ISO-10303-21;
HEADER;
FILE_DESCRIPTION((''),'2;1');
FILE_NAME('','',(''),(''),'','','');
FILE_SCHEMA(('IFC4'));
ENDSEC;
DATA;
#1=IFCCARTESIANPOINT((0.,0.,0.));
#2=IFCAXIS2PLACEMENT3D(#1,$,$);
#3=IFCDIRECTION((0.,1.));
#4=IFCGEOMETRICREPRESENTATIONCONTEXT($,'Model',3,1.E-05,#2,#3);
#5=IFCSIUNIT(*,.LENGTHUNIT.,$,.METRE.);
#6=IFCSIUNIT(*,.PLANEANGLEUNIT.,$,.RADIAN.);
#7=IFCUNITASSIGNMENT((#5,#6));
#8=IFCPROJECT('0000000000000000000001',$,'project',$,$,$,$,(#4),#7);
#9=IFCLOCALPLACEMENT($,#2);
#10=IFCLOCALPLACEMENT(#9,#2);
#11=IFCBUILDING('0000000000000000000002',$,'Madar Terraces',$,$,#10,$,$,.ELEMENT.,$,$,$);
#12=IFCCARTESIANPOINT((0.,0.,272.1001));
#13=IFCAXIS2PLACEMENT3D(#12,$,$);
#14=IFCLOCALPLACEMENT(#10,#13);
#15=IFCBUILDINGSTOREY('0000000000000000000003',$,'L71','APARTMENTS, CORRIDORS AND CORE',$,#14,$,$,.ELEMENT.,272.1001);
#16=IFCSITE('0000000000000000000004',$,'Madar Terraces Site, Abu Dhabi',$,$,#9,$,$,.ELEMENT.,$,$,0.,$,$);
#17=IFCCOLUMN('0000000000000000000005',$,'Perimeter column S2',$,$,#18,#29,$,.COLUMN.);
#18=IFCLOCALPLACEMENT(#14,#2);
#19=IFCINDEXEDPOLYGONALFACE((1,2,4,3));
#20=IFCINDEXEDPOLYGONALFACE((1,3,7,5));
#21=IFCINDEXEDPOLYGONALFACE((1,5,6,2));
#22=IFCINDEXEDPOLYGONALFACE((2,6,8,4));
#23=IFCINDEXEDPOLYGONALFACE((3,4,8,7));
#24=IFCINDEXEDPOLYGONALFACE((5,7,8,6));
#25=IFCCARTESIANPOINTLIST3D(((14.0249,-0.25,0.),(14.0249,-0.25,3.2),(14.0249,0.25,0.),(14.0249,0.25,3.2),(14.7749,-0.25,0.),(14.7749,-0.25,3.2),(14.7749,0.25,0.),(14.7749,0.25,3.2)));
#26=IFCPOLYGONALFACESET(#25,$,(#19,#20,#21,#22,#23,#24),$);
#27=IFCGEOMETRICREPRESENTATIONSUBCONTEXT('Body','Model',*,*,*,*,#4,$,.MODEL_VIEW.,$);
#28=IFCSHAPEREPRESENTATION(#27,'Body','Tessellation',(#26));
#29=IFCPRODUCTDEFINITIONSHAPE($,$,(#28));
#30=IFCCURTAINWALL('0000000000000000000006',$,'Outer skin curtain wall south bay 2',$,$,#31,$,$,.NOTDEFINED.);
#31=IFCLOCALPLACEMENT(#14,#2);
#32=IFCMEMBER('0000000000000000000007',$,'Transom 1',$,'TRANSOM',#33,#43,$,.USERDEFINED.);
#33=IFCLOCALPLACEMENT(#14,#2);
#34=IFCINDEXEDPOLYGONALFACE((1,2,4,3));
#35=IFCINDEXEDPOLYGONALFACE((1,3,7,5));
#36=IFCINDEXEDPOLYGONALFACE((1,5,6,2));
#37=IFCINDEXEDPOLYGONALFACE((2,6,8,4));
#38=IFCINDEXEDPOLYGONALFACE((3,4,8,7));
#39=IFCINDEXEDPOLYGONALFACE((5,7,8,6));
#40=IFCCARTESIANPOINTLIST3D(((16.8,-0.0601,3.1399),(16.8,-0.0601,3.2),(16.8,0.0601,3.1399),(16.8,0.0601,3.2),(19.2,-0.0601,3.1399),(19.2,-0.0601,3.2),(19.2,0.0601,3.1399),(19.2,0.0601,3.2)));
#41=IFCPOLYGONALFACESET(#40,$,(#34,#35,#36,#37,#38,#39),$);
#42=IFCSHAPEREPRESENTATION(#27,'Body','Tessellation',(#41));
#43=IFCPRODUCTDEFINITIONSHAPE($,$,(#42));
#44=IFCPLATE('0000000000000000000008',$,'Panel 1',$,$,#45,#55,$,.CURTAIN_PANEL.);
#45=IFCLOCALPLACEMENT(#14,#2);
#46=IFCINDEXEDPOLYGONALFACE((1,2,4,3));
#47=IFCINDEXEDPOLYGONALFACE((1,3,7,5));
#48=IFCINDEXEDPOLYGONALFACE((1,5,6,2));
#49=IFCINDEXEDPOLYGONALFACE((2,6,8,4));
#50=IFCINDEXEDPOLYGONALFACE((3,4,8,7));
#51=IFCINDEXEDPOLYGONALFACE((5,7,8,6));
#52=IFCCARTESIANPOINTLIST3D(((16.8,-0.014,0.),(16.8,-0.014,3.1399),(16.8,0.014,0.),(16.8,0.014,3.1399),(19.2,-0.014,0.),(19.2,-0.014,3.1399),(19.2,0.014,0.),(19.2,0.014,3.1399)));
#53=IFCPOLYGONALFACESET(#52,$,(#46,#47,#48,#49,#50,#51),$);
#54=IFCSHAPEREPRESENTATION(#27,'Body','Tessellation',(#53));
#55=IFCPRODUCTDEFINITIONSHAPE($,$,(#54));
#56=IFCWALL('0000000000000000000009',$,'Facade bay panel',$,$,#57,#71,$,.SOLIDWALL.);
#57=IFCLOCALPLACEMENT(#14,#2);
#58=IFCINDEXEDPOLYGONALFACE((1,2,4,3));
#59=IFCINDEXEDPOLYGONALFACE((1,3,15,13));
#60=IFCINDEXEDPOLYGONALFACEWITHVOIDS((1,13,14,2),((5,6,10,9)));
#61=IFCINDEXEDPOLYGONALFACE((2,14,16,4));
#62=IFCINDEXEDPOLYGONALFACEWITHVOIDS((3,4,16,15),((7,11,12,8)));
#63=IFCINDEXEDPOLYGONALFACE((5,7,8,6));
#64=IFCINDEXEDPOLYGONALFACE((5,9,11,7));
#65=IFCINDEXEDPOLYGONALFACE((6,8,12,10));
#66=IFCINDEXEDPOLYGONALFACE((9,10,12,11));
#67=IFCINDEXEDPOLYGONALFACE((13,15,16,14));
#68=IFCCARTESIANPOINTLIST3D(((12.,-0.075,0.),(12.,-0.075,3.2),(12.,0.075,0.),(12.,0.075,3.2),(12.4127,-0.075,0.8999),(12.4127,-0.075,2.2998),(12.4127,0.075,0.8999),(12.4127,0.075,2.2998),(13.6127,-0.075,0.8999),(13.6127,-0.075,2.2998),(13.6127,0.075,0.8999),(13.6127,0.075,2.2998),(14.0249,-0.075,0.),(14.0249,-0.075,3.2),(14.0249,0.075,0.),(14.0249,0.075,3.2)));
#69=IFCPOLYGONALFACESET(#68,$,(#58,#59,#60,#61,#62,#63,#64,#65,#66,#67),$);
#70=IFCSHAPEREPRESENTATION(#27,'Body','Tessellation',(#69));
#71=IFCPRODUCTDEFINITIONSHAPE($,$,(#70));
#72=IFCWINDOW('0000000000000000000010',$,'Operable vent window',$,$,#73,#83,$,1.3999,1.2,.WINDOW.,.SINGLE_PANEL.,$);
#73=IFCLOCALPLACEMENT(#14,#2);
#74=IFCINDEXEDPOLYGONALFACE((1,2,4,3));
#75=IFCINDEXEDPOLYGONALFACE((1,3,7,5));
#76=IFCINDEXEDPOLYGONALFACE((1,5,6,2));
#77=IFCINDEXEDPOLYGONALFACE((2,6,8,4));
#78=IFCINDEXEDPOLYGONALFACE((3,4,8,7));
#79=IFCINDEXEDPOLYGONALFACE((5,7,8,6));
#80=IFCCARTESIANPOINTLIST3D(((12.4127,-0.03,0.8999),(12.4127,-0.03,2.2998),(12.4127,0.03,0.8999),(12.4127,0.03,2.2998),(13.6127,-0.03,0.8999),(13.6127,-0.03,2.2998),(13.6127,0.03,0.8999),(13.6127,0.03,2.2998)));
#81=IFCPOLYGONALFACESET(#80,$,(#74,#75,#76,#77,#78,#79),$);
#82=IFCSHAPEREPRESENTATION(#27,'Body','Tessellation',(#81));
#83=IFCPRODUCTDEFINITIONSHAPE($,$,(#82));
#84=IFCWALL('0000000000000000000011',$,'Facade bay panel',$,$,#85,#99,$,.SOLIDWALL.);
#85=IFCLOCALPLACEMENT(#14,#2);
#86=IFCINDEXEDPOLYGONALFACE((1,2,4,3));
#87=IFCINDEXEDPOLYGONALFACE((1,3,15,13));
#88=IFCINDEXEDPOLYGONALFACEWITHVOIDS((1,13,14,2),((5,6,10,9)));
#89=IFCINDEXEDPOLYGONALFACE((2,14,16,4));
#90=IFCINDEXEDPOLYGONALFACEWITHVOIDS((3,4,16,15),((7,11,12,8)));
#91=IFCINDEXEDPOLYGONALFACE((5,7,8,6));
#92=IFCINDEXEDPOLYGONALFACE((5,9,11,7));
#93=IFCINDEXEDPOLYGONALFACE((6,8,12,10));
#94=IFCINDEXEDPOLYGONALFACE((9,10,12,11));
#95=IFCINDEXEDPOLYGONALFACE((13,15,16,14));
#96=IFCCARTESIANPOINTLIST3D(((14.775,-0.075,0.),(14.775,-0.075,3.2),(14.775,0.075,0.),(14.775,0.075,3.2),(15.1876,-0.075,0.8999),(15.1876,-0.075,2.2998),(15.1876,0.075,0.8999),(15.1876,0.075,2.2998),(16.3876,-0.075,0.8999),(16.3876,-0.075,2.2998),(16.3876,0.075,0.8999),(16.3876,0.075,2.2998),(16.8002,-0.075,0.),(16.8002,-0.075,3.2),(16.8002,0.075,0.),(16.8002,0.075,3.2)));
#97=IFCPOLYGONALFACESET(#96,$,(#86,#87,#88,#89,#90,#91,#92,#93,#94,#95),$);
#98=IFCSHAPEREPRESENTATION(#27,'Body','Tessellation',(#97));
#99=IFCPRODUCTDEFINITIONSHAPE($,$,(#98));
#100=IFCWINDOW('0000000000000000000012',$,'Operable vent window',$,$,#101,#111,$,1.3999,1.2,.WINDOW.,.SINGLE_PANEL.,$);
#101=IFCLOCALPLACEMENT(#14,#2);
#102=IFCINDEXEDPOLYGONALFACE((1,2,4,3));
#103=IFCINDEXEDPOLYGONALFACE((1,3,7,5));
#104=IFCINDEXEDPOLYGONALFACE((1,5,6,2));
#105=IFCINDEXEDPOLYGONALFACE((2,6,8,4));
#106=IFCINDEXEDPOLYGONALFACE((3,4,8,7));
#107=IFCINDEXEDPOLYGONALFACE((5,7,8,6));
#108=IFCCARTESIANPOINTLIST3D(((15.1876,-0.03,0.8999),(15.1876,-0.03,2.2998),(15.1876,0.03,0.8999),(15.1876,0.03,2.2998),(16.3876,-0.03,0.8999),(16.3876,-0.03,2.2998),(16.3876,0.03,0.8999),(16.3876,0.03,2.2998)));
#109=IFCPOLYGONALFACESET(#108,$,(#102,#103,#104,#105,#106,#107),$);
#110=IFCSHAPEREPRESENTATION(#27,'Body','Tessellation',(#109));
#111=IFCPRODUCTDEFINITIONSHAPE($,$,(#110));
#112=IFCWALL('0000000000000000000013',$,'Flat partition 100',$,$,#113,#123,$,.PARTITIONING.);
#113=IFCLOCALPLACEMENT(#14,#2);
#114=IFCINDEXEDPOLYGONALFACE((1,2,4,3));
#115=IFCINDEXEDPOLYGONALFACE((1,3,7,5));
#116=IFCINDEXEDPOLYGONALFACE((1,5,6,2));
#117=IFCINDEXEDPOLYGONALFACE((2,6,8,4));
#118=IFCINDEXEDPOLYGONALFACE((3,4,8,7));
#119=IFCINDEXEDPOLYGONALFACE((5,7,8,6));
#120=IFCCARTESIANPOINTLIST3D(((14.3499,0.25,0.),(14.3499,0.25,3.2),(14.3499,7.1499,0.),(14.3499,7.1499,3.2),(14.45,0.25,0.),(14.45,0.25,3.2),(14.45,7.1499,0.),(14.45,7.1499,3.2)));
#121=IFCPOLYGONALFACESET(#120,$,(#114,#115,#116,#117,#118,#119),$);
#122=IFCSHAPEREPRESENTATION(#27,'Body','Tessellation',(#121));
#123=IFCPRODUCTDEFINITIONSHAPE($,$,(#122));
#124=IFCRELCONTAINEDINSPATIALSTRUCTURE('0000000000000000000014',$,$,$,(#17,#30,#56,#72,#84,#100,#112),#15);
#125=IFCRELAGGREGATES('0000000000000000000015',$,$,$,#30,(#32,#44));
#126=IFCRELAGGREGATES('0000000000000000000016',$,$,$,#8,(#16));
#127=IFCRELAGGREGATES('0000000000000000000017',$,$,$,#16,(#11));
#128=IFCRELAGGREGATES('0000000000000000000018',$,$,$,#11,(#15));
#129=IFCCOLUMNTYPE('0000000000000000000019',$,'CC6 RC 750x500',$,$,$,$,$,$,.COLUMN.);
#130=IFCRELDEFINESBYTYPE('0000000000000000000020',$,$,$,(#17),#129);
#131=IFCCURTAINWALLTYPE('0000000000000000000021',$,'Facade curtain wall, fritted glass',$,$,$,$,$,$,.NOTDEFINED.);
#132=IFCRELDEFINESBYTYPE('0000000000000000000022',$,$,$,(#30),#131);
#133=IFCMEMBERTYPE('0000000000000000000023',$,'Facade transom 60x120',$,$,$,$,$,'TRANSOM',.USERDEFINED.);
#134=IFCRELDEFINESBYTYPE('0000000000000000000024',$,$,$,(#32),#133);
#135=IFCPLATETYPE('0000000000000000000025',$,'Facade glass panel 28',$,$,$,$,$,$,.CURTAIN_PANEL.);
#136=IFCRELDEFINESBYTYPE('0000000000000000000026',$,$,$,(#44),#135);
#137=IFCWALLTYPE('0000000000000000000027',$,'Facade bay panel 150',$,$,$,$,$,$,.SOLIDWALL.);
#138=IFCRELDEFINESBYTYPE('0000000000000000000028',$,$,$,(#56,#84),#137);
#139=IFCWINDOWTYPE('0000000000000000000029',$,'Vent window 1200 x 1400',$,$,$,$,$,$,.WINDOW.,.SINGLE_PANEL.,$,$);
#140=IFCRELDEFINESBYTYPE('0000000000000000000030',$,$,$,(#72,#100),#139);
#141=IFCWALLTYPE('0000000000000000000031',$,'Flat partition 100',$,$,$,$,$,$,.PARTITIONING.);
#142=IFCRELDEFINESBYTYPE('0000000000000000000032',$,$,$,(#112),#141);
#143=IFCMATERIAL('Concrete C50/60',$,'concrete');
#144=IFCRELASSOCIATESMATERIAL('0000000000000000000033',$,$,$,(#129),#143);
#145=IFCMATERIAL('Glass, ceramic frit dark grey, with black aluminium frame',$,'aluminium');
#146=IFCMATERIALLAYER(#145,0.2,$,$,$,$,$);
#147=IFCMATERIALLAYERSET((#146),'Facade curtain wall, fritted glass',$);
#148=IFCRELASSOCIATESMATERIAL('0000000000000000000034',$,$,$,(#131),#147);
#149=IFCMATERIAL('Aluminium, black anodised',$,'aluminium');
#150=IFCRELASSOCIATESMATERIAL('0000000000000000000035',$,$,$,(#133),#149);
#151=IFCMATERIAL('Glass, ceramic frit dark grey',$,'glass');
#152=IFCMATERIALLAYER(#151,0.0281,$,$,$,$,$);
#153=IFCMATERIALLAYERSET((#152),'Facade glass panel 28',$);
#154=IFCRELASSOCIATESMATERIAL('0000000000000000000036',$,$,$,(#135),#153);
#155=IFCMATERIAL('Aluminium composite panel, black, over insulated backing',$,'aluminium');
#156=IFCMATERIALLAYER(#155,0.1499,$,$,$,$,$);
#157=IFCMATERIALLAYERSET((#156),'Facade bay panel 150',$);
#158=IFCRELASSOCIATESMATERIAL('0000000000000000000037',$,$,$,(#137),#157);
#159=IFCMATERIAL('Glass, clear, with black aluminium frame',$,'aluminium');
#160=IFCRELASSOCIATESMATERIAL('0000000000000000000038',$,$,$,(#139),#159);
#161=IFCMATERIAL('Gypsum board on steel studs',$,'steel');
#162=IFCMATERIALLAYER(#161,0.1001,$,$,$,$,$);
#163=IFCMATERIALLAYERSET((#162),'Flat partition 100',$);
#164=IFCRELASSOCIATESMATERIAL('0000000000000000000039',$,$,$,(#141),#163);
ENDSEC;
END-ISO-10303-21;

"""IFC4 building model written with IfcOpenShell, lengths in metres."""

from ifc_helpers import new_model, si_unit, direction, frame, frame_2d, origin, origin_2d, place, context, subcontext, project, spatial, rectangle, extrude, material, layer, layer_set, material_profile, profile_set, type_object, element, fill, aggregate, save


model = new_model("IFC4")

# Units and contexts
model_context = context("Model", 3, precision=1e-05, world=origin(), true_north=direction((0.0, 1.0)))
body_context = subcontext(model_context, "Body", "Model", "MODEL_VIEW")
ifc_project = project(units=[si_unit("LENGTHUNIT", "METRE"), si_unit("PLANEANGLEUNIT", "RADIAN")], contexts=[model_context])

# Site, building, storey
site_placement = place(None, origin())
site = spatial("IfcSite", under=ifc_project, at=site_placement, Name="Madar Terraces Site, Abu Dhabi", CompositionType="ELEMENT", RefElevation=0.0)
building_placement = place(site_placement, origin())
building = spatial("IfcBuilding", under=site, at=building_placement, Name="Madar Terraces", CompositionType="ELEMENT")
storey_placement = place(building_placement, frame((0.0, 0.0, 272.1001)))
storey = spatial("IfcBuildingStorey", under=building, at=storey_placement, Name="L71", Description="APARTMENTS, CORRIDORS AND CORE", CompositionType="ELEMENT", Elevation=272.1001)

# Column
ifc_material_1 = material(Name="Concrete C50/60", Category="concrete")
ifc_material_profile_1 = material_profile(ifc_material_1, rectangle(XDim=0.75, YDim=0.5, at=origin_2d()), Name="CC6 RC 750x500")
ifc_profile_set_1 = profile_set([ifc_material_profile_1], Name="Concrete C50/60")
column_type = type_object("IfcColumnType", Name="CC6 RC 750x500", PredefinedType="COLUMN", material=ifc_profile_set_1)
column_placement = place(storey_placement, frame((14.3999, 0.0, 0.0), z_axis=(0.0, 0.0, 1.0), x_axis=(1.0, 0.0, 0.0)))
element("IfcColumn", 1, at=column_placement, inside=storey, type_object=column_type, Name="Perimeter column S2", PredefinedType="COLUMN", context=body_context, shape_type="SweptSolid", body=[
    extrude(rectangle(XDim=0.75, YDim=0.5, at=origin_2d()), origin(), (0.0, 0.0, 1.0), 3.2),
])

# Curtain wall, member, plate
ifc_material_2 = material(Name="Glass, ceramic frit dark grey, with black aluminium frame", Category="aluminium")
ifc_layer_1 = layer(ifc_material_2, 0.2)
ifc_layer_set_1 = layer_set([ifc_layer_1], Name="Facade curtain wall, fritted glass")
curtain_wall_type = type_object("IfcCurtainWallType", Name="Facade curtain wall, fritted glass", PredefinedType="NOTDEFINED", material=ifc_layer_set_1)
curtain_wall_placement = place(storey_placement, origin())
curtain_wall = element("IfcCurtainWall", 2, at=curtain_wall_placement, inside=storey, type_object=curtain_wall_type, Name="Outer skin curtain wall south bay 2", PredefinedType="NOTDEFINED")
ifc_material_3 = material(Name="Aluminium, black anodised", Category="aluminium")
ifc_material_profile_2 = material_profile(ifc_material_3, rectangle(XDim=0.1201, YDim=0.0601, at=origin_2d()), Name="Facade transom 60x120")
ifc_profile_set_2 = profile_set([ifc_material_profile_2], Name="Aluminium, black anodised")
member_type = type_object("IfcMemberType", Name="Facade transom 60x120", ElementType="TRANSOM", PredefinedType="USERDEFINED", material=ifc_profile_set_2)
member_placement = place(storey_placement, frame((16.8, 0.0, 3.1699), z_axis=(1.0, 0.0, 0.0), x_axis=(0.0, 1.0, 0.0)))
member = element("IfcMember", 3, at=member_placement, type_object=member_type, Name="Transom 1", ObjectType="TRANSOM", PredefinedType="USERDEFINED", context=body_context, shape_type="SweptSolid", body=[
    extrude(rectangle(XDim=0.1201, YDim=0.0601, at=origin_2d()), origin(), (0.0, 0.0, 1.0), 2.3999),
])
ifc_material_4 = material(Name="Glass, ceramic frit dark grey", Category="glass")
ifc_layer_2 = layer(ifc_material_4, 0.0281)
ifc_layer_set_2 = layer_set([ifc_layer_2], Name="Facade glass panel 28")
plate_type = type_object("IfcPlateType", Name="Facade glass panel 28", PredefinedType="CURTAIN_PANEL", material=ifc_layer_set_2)
plate_placement = place(storey_placement, frame((18.0, 0.0, 0.0), z_axis=(0.0, 0.0, 1.0), x_axis=(1.0, 0.0, 0.0)))
plate = element("IfcPlate", 4, at=plate_placement, type_object=plate_type, Name="Panel 1", PredefinedType="CURTAIN_PANEL", context=body_context, shape_type="SweptSolid", body=[
    extrude(rectangle(XDim=2.3999, YDim=0.0281, at=origin_2d()), origin(), (0.0, 0.0, 1.0), 3.1399),
])
aggregate(curtain_wall, [member, plate])

# Walls, openings, windows
ifc_material_5 = material(Name="Aluminium composite panel, black, over insulated backing", Category="aluminium")
ifc_layer_3 = layer(ifc_material_5, 0.1499)
ifc_layer_set_3 = layer_set([ifc_layer_3], Name="Facade bay panel 150")
wall_type_1 = type_object("IfcWallType", Name="Facade bay panel 150", PredefinedType="SOLIDWALL", material=ifc_layer_set_3)
wall_1_placement = place(storey_placement, frame((12.0, 0.0, 0.0), z_axis=(0.0, 0.0, 1.0), x_axis=(1.0, 0.0, 0.0)))
wall_1 = element("IfcWall", 5, at=wall_1_placement, inside=storey, type_object=wall_type_1, Name="Facade bay panel", PredefinedType="SOLIDWALL", context=body_context, shape_type="SweptSolid", body=[
    extrude(rectangle(XDim=2.0249, YDim=0.1499, at=frame_2d((1.0125, 0.0))), origin(), (0.0, 0.0, 1.0), 3.2),
])
opening_1_placement = place(wall_1_placement, frame((0.4126, 0.0, 0.8999)))
opening_1 = element("IfcOpeningElement", 6, at=opening_1_placement, cuts=wall_1, PredefinedType="OPENING", context=body_context, shape_type="SweptSolid", body=[
    extrude(rectangle(XDim=1.2, YDim=1.3999, at=frame_2d((0.6001, 0.7))), frame((0.0, 0.085, 0.0), z_axis=(0.0, -1.0, 0.0), x_axis=(1.0, 0.0, 0.0)), (0.0, 0.0, 1.0), 0.1699),
])
ifc_material_6 = material(Name="Glass, clear, with black aluminium frame", Category="aluminium")
window_type = type_object("IfcWindowType", Name="Vent window 1200 x 1400", PartitioningType="SINGLE_PANEL", PredefinedType="WINDOW", material=ifc_material_6)
window_1_placement = place(opening_1_placement, origin())
window_1 = element("IfcWindow", 7, at=window_1_placement, inside=storey, type_object=window_type, Name="Operable vent window", OverallHeight=1.3999, OverallWidth=1.2, PartitioningType="SINGLE_PANEL", PredefinedType="WINDOW", context=body_context, shape_type="SweptSolid", body=[
    extrude(rectangle(XDim=1.2, YDim=1.3999, at=frame_2d((0.6001, 0.7))), frame((0.0, 0.03, 0.0), z_axis=(0.0, -1.0, 0.0), x_axis=(1.0, 0.0, 0.0)), (0.0, 0.0, 1.0), 0.0601),
])
fill(opening_1, window_1)
wall_2_placement = place(storey_placement, frame((14.7749, 0.0, 0.0), z_axis=(0.0, 0.0, 1.0), x_axis=(1.0, 0.0, 0.0)))
wall_2 = element("IfcWall", 8, at=wall_2_placement, inside=storey, type_object=wall_type_1, Name="Facade bay panel", PredefinedType="SOLIDWALL", context=body_context, shape_type="SweptSolid", body=[
    extrude(rectangle(XDim=2.0251, YDim=0.1499, at=frame_2d((1.0127, 0.0))), origin(), (0.0, 0.0, 1.0), 3.2),
])
opening_2_placement = place(wall_2_placement, frame((0.4126, 0.0, 0.8999)))
opening_2 = element("IfcOpeningElement", 9, at=opening_2_placement, cuts=wall_2, PredefinedType="OPENING", context=body_context, shape_type="SweptSolid", body=[
    extrude(rectangle(XDim=1.2, YDim=1.3999, at=frame_2d((0.6001, 0.7))), frame((0.0, 0.085, 0.0), z_axis=(0.0, -1.0, 0.0), x_axis=(1.0, 0.0, 0.0)), (0.0, 0.0, 1.0), 0.1699),
])
window_2_placement = place(opening_2_placement, origin())
window_2 = element("IfcWindow", 10, at=window_2_placement, inside=storey, type_object=window_type, Name="Operable vent window", OverallHeight=1.3999, OverallWidth=1.2, PartitioningType="SINGLE_PANEL", PredefinedType="WINDOW", context=body_context, shape_type="SweptSolid", body=[
    extrude(rectangle(XDim=1.2, YDim=1.3999, at=frame_2d((0.6001, 0.7))), frame((0.0, 0.03, 0.0), z_axis=(0.0, -1.0, 0.0), x_axis=(1.0, 0.0, 0.0)), (0.0, 0.0, 1.0), 0.0601),
])
fill(opening_2, window_2)

# Wall
ifc_material_7 = material(Name="Gypsum board on steel studs", Category="steel")
ifc_layer_4 = layer(ifc_material_7, 0.1001)
ifc_layer_set_4 = layer_set([ifc_layer_4], Name="Flat partition 100")
wall_type_2 = type_object("IfcWallType", Name="Flat partition 100", PredefinedType="PARTITIONING", material=ifc_layer_set_4)
wall_3_placement = place(storey_placement, frame((14.3999, 7.1499, 0.0), z_axis=(0.0, 0.0, 1.0), x_axis=(0.0, -1.0, 0.0)))
element("IfcWall", 11, at=wall_3_placement, inside=storey, type_object=wall_type_2, Name="Flat partition 100", PredefinedType="PARTITIONING", context=body_context, shape_type="SweptSolid", body=[
    extrude(rectangle(XDim=6.8999, YDim=0.1001, at=frame_2d((3.45, 0.0))), origin(), (0.0, 0.0, 1.0), 3.2),
])

save(model, "model.ifc")
